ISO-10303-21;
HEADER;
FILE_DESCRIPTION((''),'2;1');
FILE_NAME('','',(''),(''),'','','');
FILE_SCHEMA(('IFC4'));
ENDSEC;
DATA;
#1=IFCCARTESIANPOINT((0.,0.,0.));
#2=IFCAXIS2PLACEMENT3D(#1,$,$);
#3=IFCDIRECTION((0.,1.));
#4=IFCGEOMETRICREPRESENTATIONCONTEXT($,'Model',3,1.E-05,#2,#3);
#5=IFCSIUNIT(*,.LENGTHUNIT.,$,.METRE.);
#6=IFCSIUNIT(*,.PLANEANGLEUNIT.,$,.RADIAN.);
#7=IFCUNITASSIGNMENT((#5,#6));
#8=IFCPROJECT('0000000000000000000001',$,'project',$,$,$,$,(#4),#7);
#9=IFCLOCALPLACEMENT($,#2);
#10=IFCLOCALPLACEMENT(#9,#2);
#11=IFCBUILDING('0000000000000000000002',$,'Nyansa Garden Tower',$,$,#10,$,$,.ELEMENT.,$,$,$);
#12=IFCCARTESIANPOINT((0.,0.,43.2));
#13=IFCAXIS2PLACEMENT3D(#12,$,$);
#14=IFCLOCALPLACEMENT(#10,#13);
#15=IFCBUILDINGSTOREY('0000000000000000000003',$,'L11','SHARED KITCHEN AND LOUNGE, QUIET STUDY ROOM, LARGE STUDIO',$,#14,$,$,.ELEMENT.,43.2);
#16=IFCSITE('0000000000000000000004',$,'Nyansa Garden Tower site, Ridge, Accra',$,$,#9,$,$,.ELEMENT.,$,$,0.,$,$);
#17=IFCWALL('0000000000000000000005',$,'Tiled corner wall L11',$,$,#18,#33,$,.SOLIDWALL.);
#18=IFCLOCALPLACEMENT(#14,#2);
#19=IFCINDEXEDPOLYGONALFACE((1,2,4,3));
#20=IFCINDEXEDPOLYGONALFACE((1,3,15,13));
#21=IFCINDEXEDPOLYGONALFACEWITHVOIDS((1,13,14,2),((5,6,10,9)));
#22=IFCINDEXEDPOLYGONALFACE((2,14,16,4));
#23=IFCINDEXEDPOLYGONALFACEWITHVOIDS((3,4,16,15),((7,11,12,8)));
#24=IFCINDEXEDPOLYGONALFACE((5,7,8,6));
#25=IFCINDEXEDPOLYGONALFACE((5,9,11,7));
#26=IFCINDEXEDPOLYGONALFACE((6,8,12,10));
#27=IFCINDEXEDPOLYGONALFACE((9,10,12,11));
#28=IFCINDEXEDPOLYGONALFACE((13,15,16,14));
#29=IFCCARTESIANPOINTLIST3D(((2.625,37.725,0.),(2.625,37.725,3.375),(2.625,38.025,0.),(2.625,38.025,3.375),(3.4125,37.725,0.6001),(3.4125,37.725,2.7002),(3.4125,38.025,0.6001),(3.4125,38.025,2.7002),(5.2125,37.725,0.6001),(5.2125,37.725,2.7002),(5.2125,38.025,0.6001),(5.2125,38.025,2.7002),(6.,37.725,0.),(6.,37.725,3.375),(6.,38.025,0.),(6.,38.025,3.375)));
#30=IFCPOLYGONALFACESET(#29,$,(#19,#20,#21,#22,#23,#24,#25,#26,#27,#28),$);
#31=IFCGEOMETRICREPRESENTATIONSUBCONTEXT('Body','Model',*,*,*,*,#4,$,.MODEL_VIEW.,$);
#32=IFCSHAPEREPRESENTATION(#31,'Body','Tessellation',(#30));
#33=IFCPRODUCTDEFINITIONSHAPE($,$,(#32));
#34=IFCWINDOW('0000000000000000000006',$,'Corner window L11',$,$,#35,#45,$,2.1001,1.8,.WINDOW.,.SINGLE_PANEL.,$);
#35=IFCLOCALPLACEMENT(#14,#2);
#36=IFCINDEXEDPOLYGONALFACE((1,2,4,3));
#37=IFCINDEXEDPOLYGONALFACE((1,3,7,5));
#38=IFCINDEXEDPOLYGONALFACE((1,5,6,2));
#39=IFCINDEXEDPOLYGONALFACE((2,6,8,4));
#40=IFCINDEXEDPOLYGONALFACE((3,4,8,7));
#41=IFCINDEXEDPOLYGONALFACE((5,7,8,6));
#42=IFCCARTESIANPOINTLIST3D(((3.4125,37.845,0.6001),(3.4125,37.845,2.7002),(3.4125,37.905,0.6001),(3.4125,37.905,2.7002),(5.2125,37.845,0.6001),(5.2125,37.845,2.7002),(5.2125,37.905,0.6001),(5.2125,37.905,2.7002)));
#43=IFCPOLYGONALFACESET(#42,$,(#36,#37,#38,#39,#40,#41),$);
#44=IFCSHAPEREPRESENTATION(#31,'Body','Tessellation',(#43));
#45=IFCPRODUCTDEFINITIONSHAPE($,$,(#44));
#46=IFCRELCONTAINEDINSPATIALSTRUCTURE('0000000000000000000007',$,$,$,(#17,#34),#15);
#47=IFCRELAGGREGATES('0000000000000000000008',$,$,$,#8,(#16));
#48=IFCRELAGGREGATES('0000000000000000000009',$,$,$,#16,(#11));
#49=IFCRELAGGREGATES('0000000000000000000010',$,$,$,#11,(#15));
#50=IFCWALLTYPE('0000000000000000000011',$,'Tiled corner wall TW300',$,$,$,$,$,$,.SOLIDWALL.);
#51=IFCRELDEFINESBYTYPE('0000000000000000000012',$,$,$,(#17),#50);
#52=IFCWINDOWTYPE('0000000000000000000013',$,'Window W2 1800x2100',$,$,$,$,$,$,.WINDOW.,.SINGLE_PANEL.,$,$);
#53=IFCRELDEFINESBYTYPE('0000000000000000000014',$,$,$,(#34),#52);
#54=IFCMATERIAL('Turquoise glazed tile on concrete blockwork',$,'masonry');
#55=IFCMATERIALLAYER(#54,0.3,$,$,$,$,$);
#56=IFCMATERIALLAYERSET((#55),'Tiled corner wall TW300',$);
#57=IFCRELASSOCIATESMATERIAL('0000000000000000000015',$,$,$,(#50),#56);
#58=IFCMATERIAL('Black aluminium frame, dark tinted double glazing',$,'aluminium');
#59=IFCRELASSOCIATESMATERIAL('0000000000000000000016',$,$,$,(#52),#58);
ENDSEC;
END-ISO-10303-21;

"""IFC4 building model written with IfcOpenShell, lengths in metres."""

from ifc_helpers import new_model, si_unit, direction, frame, frame_2d, origin, place, context, subcontext, project, spatial, rectangle, extrude, material, layer, layer_set, type_object, element, fill, save


model = new_model("IFC4")

# Units and contexts
model_context = context("Model", 3, precision=1e-05, world=origin(), true_north=direction((0.0, 1.0)))
body_context = subcontext(model_context, "Body", "Model", "MODEL_VIEW")
ifc_project = project(units=[si_unit("LENGTHUNIT", "METRE"), si_unit("PLANEANGLEUNIT", "RADIAN")], contexts=[model_context])

# Site, building, storey
site_placement = place(None, origin())
site = spatial("IfcSite", under=ifc_project, at=site_placement, Name="Nyansa Garden Tower site, Ridge, Accra", CompositionType="ELEMENT", RefElevation=0.0)
building_placement = place(site_placement, origin())
building = spatial("IfcBuilding", under=site, at=building_placement, Name="Nyansa Garden Tower", CompositionType="ELEMENT")
storey_placement = place(building_placement, frame((0.0, 0.0, 43.2)))
storey = spatial("IfcBuildingStorey", under=building, at=storey_placement, Name="L11", Description="SHARED KITCHEN AND LOUNGE, QUIET STUDY ROOM, LARGE STUDIO", CompositionType="ELEMENT", Elevation=43.2)

# Wall, opening, window
ifc_material_1 = material(Name="Turquoise glazed tile on concrete blockwork", Category="masonry")
ifc_layer_1 = layer(ifc_material_1, 0.3)
ifc_layer_set_1 = layer_set([ifc_layer_1], Name="Tiled corner wall TW300")
wall_type_1 = type_object("IfcWallType", Name="Tiled corner wall TW300", PredefinedType="SOLIDWALL", material=ifc_layer_set_1)
wall_1_placement = place(storey_placement, frame((6.0, 37.875, 0.0), z_axis=(0.0, 0.0, 1.0), x_axis=(-1.0, 0.0, 0.0)))
wall_1 = element("IfcWall", 1, at=wall_1_placement, inside=storey, type_object=wall_type_1, Name="Tiled corner wall L11", PredefinedType="SOLIDWALL", context=body_context, shape_type="SweptSolid", body=[
    extrude(rectangle(XDim=3.375, YDim=0.3, at=frame_2d((1.6875, 0.0))), origin(), (0.0, 0.0, 1.0), 3.375),
])
opening_1_placement = place(wall_1_placement, frame((0.7876, 0.0, 0.6001)))
opening_1 = element("IfcOpeningElement", 2, at=opening_1_placement, cuts=wall_1, PredefinedType="OPENING", context=body_context, shape_type="SweptSolid", body=[
    extrude(rectangle(XDim=1.8, YDim=2.1001, at=frame_2d((0.8999, 1.05))), frame((0.0, 0.1599, 0.0), z_axis=(0.0, -1.0, 0.0), x_axis=(1.0, 0.0, 0.0)), (0.0, 0.0, 1.0), 0.3201),
])
ifc_material_2 = material(Name="Black aluminium frame, dark tinted double glazing", Category="aluminium")
window_type_1 = type_object("IfcWindowType", Name="Window W2 1800x2100", PartitioningType="SINGLE_PANEL", PredefinedType="WINDOW", material=ifc_material_2)
window_1_placement = place(opening_1_placement, origin())
window_1 = element("IfcWindow", 3, at=window_1_placement, inside=storey, type_object=window_type_1, Name="Corner window L11", OverallHeight=2.1001, OverallWidth=1.8, PartitioningType="SINGLE_PANEL", PredefinedType="WINDOW", context=body_context, shape_type="SweptSolid", body=[
    extrude(rectangle(XDim=1.8, YDim=2.1001, at=frame_2d((0.8999, 1.05))), frame((0.0, 0.03, 0.0), z_axis=(0.0, -1.0, 0.0), x_axis=(1.0, 0.0, 0.0)), (0.0, 0.0, 1.0), 0.0601),
])
fill(opening_1, window_1)

save(model, "model.ifc")
